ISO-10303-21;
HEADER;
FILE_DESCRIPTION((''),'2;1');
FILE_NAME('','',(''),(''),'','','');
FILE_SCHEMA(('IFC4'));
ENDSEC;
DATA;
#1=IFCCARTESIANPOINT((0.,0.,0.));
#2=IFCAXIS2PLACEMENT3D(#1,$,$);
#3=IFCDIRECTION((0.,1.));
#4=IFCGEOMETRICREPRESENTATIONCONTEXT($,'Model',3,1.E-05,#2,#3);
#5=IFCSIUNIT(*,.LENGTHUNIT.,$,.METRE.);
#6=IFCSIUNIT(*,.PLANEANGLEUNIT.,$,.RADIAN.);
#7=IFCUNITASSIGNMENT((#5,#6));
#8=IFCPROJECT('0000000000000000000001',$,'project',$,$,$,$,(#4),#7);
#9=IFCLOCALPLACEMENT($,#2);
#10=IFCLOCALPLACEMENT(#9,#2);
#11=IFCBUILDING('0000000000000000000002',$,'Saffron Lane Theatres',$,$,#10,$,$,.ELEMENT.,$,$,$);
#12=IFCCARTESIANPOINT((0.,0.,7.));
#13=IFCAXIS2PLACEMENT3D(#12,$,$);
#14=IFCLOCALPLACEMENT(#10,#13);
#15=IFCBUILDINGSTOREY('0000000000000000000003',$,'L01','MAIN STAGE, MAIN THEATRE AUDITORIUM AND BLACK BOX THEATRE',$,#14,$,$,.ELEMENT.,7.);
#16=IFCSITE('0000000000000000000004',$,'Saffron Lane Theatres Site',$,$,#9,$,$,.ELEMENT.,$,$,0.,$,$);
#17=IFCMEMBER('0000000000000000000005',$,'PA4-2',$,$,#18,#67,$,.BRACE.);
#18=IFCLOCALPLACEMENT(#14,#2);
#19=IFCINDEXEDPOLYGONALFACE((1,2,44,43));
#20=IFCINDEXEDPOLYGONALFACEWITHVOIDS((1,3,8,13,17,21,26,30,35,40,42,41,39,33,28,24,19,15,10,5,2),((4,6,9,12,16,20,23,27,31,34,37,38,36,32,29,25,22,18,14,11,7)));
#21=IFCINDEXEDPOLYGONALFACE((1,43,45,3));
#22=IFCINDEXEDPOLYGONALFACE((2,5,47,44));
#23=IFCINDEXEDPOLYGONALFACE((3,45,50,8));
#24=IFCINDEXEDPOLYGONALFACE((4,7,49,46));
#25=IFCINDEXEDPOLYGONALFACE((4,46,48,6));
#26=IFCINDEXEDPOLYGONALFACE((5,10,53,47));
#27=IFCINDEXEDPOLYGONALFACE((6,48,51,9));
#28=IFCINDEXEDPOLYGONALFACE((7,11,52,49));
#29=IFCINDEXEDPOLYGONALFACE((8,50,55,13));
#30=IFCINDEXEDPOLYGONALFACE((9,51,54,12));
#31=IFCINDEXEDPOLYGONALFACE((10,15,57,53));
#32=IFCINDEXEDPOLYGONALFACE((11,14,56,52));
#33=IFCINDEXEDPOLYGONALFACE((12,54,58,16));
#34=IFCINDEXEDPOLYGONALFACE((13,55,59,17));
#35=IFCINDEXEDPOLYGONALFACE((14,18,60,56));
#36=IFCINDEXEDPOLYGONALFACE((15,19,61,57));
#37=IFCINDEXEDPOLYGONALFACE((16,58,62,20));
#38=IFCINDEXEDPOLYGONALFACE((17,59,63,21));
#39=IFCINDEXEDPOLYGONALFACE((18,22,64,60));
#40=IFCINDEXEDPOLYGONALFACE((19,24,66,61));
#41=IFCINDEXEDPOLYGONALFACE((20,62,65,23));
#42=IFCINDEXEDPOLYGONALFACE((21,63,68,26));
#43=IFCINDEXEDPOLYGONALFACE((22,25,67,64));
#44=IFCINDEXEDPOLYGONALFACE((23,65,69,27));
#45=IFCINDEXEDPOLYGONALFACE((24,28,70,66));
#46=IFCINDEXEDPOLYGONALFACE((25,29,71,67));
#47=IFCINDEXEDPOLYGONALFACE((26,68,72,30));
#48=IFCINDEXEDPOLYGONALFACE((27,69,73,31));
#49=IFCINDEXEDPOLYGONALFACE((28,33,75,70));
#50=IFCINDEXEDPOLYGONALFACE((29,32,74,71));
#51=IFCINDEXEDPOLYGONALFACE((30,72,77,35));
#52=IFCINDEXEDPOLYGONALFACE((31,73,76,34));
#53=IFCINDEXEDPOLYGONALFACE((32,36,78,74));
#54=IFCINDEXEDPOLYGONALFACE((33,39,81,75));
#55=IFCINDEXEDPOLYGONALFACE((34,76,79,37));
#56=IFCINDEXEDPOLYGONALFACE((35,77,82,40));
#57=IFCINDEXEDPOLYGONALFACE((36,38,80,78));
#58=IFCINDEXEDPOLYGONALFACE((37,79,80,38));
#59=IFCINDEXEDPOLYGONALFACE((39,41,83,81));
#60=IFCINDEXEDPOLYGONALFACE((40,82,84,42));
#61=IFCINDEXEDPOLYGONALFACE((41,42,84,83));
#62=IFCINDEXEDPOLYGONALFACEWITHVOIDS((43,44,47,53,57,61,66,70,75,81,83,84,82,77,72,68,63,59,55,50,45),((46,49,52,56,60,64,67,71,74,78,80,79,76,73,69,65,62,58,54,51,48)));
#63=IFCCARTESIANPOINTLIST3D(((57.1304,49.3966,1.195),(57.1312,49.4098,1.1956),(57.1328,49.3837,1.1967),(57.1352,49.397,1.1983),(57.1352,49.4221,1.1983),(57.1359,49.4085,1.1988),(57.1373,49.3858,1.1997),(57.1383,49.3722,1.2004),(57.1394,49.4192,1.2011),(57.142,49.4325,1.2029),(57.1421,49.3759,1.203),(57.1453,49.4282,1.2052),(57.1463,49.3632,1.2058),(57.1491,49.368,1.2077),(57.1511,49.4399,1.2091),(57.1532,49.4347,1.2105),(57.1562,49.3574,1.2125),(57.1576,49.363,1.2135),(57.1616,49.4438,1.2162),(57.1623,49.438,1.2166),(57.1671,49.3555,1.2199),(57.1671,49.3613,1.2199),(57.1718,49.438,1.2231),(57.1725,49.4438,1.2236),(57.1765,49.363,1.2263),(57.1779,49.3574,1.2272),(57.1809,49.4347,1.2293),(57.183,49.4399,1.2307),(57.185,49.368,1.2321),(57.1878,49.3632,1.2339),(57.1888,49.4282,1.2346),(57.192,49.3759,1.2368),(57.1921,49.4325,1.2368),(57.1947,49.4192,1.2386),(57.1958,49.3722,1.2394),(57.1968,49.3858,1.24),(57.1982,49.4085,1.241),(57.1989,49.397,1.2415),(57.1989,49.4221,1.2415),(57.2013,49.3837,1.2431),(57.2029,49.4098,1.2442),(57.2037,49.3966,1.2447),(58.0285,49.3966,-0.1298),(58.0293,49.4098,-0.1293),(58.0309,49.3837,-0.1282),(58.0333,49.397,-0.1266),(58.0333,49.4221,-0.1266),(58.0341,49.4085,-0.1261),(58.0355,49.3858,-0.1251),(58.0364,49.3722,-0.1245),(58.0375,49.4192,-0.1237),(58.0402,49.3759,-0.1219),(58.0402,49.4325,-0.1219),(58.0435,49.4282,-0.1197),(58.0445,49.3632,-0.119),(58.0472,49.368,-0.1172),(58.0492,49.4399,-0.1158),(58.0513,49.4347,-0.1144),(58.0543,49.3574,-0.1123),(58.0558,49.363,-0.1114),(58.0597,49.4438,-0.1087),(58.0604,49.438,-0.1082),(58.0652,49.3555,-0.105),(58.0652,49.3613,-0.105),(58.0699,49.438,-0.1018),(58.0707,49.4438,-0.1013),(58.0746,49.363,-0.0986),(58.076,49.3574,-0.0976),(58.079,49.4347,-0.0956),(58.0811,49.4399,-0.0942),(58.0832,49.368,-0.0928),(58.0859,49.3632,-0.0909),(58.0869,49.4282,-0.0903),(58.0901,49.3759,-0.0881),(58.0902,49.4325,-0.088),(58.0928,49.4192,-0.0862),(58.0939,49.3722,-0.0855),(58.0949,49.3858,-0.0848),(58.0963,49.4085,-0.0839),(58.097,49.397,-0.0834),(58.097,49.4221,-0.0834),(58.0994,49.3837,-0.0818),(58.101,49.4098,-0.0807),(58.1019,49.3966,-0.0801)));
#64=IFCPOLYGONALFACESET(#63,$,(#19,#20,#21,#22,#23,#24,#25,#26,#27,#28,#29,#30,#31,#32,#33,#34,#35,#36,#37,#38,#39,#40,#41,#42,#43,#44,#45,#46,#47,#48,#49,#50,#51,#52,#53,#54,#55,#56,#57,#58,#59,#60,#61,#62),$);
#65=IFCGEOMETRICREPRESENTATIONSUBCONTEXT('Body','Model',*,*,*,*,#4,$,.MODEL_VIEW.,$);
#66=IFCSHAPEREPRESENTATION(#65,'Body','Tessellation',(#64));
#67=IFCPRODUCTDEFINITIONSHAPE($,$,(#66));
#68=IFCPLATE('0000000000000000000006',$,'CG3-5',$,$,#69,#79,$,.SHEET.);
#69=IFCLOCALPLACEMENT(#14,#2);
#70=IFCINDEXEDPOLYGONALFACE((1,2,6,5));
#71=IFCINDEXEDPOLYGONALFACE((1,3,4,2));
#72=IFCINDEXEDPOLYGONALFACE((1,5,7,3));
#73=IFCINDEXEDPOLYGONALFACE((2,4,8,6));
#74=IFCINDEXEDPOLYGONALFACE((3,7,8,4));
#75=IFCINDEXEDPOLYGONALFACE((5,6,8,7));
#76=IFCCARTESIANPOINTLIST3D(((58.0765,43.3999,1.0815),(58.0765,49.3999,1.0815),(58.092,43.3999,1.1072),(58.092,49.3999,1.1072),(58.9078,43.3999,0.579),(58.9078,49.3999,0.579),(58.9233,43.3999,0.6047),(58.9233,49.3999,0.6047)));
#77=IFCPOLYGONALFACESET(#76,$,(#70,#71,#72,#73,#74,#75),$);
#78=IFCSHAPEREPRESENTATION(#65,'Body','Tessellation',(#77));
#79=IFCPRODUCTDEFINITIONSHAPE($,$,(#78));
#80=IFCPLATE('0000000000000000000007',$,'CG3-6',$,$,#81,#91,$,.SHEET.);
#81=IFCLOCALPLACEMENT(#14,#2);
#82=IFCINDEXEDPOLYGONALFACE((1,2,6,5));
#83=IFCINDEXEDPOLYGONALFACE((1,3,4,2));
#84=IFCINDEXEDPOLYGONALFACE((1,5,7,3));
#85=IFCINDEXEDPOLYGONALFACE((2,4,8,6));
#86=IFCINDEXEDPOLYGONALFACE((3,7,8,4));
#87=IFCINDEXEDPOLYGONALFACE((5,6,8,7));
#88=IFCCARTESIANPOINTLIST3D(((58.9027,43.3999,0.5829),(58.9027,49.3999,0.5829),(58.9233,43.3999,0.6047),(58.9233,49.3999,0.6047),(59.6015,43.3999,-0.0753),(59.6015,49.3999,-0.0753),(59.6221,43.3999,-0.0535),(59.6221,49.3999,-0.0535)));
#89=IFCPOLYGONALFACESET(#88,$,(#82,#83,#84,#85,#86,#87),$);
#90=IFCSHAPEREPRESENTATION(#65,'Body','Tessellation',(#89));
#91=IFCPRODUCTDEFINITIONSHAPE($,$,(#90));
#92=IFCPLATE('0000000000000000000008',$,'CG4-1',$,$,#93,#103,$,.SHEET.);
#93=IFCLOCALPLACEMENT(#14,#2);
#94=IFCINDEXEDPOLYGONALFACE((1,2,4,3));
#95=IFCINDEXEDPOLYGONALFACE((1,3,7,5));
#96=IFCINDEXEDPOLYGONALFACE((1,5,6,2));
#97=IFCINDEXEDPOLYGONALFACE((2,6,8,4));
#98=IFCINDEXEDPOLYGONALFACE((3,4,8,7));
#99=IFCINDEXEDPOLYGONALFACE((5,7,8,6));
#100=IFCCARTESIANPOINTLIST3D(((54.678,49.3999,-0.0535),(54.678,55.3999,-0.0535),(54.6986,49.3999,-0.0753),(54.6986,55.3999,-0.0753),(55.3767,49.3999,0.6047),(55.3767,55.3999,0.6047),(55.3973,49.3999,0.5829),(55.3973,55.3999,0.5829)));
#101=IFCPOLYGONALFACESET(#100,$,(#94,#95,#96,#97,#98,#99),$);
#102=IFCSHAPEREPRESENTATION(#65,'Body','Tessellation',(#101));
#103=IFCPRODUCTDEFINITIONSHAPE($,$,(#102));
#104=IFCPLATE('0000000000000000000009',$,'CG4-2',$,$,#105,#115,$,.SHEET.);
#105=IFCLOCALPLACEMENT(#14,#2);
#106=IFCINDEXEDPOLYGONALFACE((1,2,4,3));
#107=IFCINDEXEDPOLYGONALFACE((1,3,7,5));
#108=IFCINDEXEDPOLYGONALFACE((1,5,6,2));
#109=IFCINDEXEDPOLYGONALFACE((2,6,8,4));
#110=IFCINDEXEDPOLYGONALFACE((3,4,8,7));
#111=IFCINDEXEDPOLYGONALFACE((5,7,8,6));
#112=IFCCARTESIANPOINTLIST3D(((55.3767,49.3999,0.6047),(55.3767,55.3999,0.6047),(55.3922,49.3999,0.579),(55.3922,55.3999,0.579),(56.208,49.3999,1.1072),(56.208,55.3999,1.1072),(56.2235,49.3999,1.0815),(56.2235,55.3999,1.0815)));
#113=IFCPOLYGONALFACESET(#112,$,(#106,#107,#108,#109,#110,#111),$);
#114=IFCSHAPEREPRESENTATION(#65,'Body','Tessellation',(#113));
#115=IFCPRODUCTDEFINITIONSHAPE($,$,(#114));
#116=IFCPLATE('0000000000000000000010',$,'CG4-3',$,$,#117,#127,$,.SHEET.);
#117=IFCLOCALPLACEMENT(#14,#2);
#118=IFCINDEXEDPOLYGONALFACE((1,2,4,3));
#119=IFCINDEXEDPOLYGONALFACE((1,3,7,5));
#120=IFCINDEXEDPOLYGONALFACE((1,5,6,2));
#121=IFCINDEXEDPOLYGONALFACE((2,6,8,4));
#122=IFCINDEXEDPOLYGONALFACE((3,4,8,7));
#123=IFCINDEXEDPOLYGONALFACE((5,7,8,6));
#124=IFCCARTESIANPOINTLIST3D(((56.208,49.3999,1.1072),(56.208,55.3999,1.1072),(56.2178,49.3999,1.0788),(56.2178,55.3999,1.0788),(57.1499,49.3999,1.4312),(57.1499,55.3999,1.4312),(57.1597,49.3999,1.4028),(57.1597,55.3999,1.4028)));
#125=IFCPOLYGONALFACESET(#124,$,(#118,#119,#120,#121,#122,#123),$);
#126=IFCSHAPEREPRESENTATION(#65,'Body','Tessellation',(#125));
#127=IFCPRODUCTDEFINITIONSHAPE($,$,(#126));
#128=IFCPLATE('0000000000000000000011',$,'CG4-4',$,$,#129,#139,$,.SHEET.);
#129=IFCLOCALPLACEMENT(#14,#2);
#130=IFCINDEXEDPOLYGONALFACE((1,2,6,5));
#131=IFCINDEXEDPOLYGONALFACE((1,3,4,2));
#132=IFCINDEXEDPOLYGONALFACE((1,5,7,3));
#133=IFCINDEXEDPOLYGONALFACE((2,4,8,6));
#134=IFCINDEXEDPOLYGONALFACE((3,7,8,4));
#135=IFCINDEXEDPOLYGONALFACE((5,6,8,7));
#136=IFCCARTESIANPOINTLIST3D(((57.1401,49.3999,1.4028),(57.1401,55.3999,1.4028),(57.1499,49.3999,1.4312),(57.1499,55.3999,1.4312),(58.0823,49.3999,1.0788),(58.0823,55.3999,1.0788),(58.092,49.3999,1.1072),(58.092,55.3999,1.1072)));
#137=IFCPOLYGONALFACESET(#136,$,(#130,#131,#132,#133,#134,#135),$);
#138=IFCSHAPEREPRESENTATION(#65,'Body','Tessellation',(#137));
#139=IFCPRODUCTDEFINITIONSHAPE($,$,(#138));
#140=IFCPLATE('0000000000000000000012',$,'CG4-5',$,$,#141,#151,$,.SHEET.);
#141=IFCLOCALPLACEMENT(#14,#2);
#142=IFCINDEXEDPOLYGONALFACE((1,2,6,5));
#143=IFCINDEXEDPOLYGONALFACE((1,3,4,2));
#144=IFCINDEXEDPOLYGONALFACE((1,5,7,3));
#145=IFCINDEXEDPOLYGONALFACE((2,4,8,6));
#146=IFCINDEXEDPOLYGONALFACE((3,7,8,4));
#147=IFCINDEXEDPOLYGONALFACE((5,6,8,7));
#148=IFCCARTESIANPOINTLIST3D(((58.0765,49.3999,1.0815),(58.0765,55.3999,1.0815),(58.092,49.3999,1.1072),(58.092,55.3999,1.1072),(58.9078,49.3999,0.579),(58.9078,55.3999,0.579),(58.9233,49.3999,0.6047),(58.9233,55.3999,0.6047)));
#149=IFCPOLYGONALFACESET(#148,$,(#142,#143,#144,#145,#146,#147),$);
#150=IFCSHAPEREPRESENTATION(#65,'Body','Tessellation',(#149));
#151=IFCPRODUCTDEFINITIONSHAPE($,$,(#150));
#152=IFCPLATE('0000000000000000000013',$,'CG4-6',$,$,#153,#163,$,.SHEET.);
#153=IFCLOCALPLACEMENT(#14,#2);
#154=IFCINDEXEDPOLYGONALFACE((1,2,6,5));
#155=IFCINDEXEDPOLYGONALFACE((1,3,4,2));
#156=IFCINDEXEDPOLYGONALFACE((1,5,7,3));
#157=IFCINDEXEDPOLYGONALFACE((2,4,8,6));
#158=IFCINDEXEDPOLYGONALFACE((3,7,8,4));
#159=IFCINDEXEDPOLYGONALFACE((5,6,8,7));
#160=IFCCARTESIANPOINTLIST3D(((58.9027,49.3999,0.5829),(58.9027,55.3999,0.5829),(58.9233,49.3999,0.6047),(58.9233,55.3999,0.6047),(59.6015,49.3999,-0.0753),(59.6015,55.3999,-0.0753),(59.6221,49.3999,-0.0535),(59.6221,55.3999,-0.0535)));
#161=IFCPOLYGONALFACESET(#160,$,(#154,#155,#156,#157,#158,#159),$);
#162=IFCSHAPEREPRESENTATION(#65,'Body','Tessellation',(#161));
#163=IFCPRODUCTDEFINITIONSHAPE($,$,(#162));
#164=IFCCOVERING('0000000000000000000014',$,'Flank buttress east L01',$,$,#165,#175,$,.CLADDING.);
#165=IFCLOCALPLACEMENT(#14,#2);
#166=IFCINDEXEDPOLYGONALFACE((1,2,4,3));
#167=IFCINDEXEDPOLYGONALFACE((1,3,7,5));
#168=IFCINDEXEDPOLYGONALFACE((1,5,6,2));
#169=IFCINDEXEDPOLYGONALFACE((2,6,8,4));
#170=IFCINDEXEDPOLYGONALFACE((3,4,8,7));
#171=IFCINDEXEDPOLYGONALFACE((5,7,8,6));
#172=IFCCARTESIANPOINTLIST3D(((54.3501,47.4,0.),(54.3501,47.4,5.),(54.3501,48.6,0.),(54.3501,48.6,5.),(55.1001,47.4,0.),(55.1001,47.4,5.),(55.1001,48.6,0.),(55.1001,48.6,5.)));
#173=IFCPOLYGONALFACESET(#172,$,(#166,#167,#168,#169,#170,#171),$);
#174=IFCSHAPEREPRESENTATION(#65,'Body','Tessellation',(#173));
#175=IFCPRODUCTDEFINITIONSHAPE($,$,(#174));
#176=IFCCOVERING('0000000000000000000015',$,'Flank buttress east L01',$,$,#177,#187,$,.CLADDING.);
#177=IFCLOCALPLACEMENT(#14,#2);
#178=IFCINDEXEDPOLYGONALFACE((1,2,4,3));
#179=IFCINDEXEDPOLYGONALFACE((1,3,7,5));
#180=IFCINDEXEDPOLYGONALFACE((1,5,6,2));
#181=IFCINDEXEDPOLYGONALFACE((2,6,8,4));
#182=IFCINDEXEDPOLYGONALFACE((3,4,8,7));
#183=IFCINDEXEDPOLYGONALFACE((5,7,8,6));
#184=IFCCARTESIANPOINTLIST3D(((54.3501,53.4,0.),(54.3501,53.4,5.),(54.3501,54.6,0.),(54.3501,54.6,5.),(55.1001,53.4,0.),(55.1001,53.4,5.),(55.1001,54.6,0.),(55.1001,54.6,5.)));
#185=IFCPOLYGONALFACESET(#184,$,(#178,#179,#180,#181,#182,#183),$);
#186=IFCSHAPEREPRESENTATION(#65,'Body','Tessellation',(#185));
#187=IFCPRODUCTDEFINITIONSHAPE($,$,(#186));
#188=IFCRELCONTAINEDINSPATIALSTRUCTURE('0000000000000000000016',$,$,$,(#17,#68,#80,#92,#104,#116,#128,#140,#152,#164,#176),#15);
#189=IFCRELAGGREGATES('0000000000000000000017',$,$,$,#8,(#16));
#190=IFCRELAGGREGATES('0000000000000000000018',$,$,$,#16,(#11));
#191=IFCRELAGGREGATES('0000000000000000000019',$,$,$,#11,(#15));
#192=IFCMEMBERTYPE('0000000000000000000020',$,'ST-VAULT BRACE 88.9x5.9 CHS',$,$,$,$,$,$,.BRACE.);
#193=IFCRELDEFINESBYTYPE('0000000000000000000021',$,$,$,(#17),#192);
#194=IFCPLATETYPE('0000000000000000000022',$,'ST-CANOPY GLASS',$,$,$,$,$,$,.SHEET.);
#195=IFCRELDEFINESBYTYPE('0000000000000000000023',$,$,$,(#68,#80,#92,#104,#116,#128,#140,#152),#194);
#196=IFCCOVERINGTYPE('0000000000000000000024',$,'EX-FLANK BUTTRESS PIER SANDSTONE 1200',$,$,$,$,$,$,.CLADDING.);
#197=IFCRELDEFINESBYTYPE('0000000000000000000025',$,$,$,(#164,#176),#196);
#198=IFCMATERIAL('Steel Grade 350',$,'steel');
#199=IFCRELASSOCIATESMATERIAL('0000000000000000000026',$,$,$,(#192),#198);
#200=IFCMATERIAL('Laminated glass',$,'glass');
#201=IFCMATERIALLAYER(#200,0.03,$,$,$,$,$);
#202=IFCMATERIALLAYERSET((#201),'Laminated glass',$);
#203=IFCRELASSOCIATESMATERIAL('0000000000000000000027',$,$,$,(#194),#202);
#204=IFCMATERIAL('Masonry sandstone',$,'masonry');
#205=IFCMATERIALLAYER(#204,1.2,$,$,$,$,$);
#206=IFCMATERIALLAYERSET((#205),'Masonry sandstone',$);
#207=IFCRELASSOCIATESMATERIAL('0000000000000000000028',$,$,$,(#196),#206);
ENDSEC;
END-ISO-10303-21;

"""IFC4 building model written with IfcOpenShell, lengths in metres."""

from ifc_helpers import new_model, si_unit, direction, frame, origin, origin_2d, place, context, subcontext, project, spatial, polyline, rectangle, hollow_circle, outline, extrude, material, layer, layer_set, material_profile, profile_set, type_object, element, save


model = new_model("IFC4")

# Units and contexts
model_context = context("Model", 3, precision=1e-05, world=origin(), true_north=direction((0.0, 1.0)))
body_context = subcontext(model_context, "Body", "Model", "MODEL_VIEW")
ifc_project = project(units=[si_unit("LENGTHUNIT", "METRE"), si_unit("PLANEANGLEUNIT", "RADIAN")], contexts=[model_context])

# Site, building, storey
site_placement = place(None, origin())
site = spatial("IfcSite", under=ifc_project, at=site_placement, Name="Saffron Lane Theatres Site", CompositionType="ELEMENT", RefElevation=0.0)
building_placement = place(site_placement, origin())
building = spatial("IfcBuilding", under=site, at=building_placement, Name="Saffron Lane Theatres", CompositionType="ELEMENT")
storey_placement = place(building_placement, frame((0.0, 0.0, 7.0)))
storey = spatial("IfcBuildingStorey", under=building, at=storey_placement, Name="L01", Description="MAIN STAGE, MAIN THEATRE AUDITORIUM AND BLACK BOX THEATRE", CompositionType="ELEMENT", Elevation=7.0)

# Member
ifc_material_1 = material(Name="Steel Grade 350", Category="steel")
ifc_material_profile_1 = material_profile(ifc_material_1, hollow_circle(Radius=0.0444, WallThickness=0.0059, at=origin_2d()))
ifc_profile_set_1 = profile_set([ifc_material_profile_1], Name="Steel Grade 350")
member_type = type_object("IfcMemberType", Name="ST-VAULT BRACE 88.9x5.9 CHS", PredefinedType="BRACE", material=ifc_profile_set_1)
member_1_placement = place(storey_placement, frame((58.0652, 49.3999, -0.105), z_axis=(-0.561125, 0.0, 0.827731), x_axis=(0.0, -1.0, 0.0)))
element("IfcMember", 1, at=member_1_placement, inside=storey, type_object=member_type, Name="PA4-2", PredefinedType="BRACE", context=body_context, shape_type="SweptSolid", body=[
    extrude(hollow_circle(Radius=0.0444, WallThickness=0.0059, at=origin_2d()), origin(), (0.0, 0.0, 1.0), 1.6006),
])

# Plates
ifc_material_2 = material(Name="Laminated glass", Category="glass")
ifc_layer_1 = layer(ifc_material_2, 0.03)
ifc_layer_set_1 = layer_set([ifc_layer_1], Name="Laminated glass")
plate_type = type_object("IfcPlateType", Name="ST-CANOPY GLASS", PredefinedType="SHEET", material=ifc_layer_set_1)
plate_1_placement = place(storey_placement, frame((58.092, 43.3999, 1.1072), z_axis=(0.517265, 0.0, 0.855825), x_axis=(0.855825, 0.0, -0.517265)))
element("IfcPlate", 2, at=plate_1_placement, inside=storey, type_object=plate_type, Name="CG3-5", PredefinedType="SHEET", context=body_context, shape_type="SweptSolid", body=[
    extrude(outline(polyline([(0.0, 0.0), (0.9713, 0.0), (0.9713, 6.0), (0.0, 6.0), (0.0, 0.0)])), origin(), (0.0, 0.0, -1.0), 0.03),
])
for number, where, z_axis, x_axis, name in (
    (3, (58.9233, 43.3999, 0.6047), (0.685682, 0.0, 0.727901), (0.727901, 0.0, -0.685682), "CG3-6"),
    (4, (54.678, 49.3999, -0.0535), (-0.685682, 0.0, 0.727901), (0.727901, 0.0, 0.685682), "CG4-1"),
):
    element("IfcPlate", number, at=place(storey_placement, frame(where, z_axis=z_axis, x_axis=x_axis)), inside=storey, type_object=plate_type, Name=name, PredefinedType="SHEET", context=body_context, shape_type="SweptSolid", body=[
        extrude(outline(polyline([(0.0, 0.0), (0.9599, 0.0), (0.9599, 6.0), (0.0, 6.0), (0.0, 0.0)])), origin(), (0.0, 0.0, -1.0), 0.03),
    ])
plate_2_placement = place(storey_placement, frame((55.3767, 49.3999, 0.6047), z_axis=(-0.517265, 0.0, 0.855825), x_axis=(0.855825, 0.0, 0.517265)))
element("IfcPlate", 5, at=plate_2_placement, inside=storey, type_object=plate_type, Name="CG4-2", PredefinedType="SHEET", context=body_context, shape_type="SweptSolid", body=[
    extrude(outline(polyline([(0.0, 0.0), (0.9713, 0.0), (0.9713, 6.0), (0.0, 6.0), (0.0, 0.0)])), origin(), (0.0, 0.0, -1.0), 0.03),
])
plate_3_placement = place(storey_placement, frame((56.208, 49.3999, 1.1072), z_axis=(-0.325258, 0.0, 0.945625), x_axis=(0.945625, 0.0, 0.325258)))
element("IfcPlate", 6, at=plate_3_placement, inside=storey, type_object=plate_type, Name="CG4-3", PredefinedType="SHEET", context=body_context, shape_type="SweptSolid", body=[
    extrude(outline(polyline([(0.0, 0.0), (0.9961, 0.0), (0.9961, 6.0), (0.0, 6.0), (0.0, 0.0)])), origin(), (0.0, 0.0, -1.0), 0.03),
])
plate_4_placement = place(storey_placement, frame((57.1499, 49.3999, 1.4312), z_axis=(0.325182, 0.0, 0.945651), x_axis=(0.945651, 0.0, -0.325182)))
element("IfcPlate", 7, at=plate_4_placement, inside=storey, type_object=plate_type, Name="CG4-4", PredefinedType="SHEET", context=body_context, shape_type="SweptSolid", body=[
    extrude(outline(polyline([(0.0, 0.0), (0.9963, 0.0), (0.9963, 6.0), (0.0, 6.0), (0.0, 0.0)])), origin(), (0.0, 0.0, -1.0), 0.03),
])
plate_5_placement = place(storey_placement, frame((58.092, 49.3999, 1.1072), z_axis=(0.517265, 0.0, 0.855825), x_axis=(0.855825, 0.0, -0.517265)))
element("IfcPlate", 8, at=plate_5_placement, inside=storey, type_object=plate_type, Name="CG4-5", PredefinedType="SHEET", context=body_context, shape_type="SweptSolid", body=[
    extrude(outline(polyline([(0.0, 0.0), (0.9713, 0.0), (0.9713, 6.0), (0.0, 6.0), (0.0, 0.0)])), origin(), (0.0, 0.0, -1.0), 0.03),
])
plate_6_placement = place(storey_placement, frame((58.9233, 49.3999, 0.6047), z_axis=(0.685682, 0.0, 0.727901), x_axis=(0.727901, 0.0, -0.685682)))
element("IfcPlate", 9, at=plate_6_placement, inside=storey, type_object=plate_type, Name="CG4-6", PredefinedType="SHEET", context=body_context, shape_type="SweptSolid", body=[
    extrude(outline(polyline([(0.0, 0.0), (0.9599, 0.0), (0.9599, 6.0), (0.0, 6.0), (0.0, 0.0)])), origin(), (0.0, 0.0, -1.0), 0.03),
])

# Coverings
ifc_material_3 = material(Name="Masonry sandstone", Category="masonry")
ifc_layer_2 = layer(ifc_material_3, 1.2)
ifc_layer_set_2 = layer_set([ifc_layer_2], Name="Masonry sandstone")
covering_type = type_object("IfcCoveringType", Name="EX-FLANK BUTTRESS PIER SANDSTONE 1200", PredefinedType="CLADDING", material=ifc_layer_set_2)
for number, where, z_axis, x_axis, name in (
    (10, (54.7251, 48.0, 0.0), (0.0, 0.0, 1.0), (0.0, 1.0, 0.0), "Flank buttress east L01"),
    (11, (54.7251, 54.0, 0.0), (0.0, 0.0, 1.0), (0.0, 1.0, 0.0), "Flank buttress east L01"),
):
    element("IfcCovering", number, at=place(storey_placement, frame(where, z_axis=z_axis, x_axis=x_axis)), inside=storey, type_object=covering_type, Name=name, PredefinedType="CLADDING", context=body_context, shape_type="SweptSolid", body=[
        extrude(rectangle(XDim=1.2, YDim=0.75, at=origin_2d()), origin(), (0.0, 0.0, 1.0), 5.0),
    ])

save(model, "model.ifc")
